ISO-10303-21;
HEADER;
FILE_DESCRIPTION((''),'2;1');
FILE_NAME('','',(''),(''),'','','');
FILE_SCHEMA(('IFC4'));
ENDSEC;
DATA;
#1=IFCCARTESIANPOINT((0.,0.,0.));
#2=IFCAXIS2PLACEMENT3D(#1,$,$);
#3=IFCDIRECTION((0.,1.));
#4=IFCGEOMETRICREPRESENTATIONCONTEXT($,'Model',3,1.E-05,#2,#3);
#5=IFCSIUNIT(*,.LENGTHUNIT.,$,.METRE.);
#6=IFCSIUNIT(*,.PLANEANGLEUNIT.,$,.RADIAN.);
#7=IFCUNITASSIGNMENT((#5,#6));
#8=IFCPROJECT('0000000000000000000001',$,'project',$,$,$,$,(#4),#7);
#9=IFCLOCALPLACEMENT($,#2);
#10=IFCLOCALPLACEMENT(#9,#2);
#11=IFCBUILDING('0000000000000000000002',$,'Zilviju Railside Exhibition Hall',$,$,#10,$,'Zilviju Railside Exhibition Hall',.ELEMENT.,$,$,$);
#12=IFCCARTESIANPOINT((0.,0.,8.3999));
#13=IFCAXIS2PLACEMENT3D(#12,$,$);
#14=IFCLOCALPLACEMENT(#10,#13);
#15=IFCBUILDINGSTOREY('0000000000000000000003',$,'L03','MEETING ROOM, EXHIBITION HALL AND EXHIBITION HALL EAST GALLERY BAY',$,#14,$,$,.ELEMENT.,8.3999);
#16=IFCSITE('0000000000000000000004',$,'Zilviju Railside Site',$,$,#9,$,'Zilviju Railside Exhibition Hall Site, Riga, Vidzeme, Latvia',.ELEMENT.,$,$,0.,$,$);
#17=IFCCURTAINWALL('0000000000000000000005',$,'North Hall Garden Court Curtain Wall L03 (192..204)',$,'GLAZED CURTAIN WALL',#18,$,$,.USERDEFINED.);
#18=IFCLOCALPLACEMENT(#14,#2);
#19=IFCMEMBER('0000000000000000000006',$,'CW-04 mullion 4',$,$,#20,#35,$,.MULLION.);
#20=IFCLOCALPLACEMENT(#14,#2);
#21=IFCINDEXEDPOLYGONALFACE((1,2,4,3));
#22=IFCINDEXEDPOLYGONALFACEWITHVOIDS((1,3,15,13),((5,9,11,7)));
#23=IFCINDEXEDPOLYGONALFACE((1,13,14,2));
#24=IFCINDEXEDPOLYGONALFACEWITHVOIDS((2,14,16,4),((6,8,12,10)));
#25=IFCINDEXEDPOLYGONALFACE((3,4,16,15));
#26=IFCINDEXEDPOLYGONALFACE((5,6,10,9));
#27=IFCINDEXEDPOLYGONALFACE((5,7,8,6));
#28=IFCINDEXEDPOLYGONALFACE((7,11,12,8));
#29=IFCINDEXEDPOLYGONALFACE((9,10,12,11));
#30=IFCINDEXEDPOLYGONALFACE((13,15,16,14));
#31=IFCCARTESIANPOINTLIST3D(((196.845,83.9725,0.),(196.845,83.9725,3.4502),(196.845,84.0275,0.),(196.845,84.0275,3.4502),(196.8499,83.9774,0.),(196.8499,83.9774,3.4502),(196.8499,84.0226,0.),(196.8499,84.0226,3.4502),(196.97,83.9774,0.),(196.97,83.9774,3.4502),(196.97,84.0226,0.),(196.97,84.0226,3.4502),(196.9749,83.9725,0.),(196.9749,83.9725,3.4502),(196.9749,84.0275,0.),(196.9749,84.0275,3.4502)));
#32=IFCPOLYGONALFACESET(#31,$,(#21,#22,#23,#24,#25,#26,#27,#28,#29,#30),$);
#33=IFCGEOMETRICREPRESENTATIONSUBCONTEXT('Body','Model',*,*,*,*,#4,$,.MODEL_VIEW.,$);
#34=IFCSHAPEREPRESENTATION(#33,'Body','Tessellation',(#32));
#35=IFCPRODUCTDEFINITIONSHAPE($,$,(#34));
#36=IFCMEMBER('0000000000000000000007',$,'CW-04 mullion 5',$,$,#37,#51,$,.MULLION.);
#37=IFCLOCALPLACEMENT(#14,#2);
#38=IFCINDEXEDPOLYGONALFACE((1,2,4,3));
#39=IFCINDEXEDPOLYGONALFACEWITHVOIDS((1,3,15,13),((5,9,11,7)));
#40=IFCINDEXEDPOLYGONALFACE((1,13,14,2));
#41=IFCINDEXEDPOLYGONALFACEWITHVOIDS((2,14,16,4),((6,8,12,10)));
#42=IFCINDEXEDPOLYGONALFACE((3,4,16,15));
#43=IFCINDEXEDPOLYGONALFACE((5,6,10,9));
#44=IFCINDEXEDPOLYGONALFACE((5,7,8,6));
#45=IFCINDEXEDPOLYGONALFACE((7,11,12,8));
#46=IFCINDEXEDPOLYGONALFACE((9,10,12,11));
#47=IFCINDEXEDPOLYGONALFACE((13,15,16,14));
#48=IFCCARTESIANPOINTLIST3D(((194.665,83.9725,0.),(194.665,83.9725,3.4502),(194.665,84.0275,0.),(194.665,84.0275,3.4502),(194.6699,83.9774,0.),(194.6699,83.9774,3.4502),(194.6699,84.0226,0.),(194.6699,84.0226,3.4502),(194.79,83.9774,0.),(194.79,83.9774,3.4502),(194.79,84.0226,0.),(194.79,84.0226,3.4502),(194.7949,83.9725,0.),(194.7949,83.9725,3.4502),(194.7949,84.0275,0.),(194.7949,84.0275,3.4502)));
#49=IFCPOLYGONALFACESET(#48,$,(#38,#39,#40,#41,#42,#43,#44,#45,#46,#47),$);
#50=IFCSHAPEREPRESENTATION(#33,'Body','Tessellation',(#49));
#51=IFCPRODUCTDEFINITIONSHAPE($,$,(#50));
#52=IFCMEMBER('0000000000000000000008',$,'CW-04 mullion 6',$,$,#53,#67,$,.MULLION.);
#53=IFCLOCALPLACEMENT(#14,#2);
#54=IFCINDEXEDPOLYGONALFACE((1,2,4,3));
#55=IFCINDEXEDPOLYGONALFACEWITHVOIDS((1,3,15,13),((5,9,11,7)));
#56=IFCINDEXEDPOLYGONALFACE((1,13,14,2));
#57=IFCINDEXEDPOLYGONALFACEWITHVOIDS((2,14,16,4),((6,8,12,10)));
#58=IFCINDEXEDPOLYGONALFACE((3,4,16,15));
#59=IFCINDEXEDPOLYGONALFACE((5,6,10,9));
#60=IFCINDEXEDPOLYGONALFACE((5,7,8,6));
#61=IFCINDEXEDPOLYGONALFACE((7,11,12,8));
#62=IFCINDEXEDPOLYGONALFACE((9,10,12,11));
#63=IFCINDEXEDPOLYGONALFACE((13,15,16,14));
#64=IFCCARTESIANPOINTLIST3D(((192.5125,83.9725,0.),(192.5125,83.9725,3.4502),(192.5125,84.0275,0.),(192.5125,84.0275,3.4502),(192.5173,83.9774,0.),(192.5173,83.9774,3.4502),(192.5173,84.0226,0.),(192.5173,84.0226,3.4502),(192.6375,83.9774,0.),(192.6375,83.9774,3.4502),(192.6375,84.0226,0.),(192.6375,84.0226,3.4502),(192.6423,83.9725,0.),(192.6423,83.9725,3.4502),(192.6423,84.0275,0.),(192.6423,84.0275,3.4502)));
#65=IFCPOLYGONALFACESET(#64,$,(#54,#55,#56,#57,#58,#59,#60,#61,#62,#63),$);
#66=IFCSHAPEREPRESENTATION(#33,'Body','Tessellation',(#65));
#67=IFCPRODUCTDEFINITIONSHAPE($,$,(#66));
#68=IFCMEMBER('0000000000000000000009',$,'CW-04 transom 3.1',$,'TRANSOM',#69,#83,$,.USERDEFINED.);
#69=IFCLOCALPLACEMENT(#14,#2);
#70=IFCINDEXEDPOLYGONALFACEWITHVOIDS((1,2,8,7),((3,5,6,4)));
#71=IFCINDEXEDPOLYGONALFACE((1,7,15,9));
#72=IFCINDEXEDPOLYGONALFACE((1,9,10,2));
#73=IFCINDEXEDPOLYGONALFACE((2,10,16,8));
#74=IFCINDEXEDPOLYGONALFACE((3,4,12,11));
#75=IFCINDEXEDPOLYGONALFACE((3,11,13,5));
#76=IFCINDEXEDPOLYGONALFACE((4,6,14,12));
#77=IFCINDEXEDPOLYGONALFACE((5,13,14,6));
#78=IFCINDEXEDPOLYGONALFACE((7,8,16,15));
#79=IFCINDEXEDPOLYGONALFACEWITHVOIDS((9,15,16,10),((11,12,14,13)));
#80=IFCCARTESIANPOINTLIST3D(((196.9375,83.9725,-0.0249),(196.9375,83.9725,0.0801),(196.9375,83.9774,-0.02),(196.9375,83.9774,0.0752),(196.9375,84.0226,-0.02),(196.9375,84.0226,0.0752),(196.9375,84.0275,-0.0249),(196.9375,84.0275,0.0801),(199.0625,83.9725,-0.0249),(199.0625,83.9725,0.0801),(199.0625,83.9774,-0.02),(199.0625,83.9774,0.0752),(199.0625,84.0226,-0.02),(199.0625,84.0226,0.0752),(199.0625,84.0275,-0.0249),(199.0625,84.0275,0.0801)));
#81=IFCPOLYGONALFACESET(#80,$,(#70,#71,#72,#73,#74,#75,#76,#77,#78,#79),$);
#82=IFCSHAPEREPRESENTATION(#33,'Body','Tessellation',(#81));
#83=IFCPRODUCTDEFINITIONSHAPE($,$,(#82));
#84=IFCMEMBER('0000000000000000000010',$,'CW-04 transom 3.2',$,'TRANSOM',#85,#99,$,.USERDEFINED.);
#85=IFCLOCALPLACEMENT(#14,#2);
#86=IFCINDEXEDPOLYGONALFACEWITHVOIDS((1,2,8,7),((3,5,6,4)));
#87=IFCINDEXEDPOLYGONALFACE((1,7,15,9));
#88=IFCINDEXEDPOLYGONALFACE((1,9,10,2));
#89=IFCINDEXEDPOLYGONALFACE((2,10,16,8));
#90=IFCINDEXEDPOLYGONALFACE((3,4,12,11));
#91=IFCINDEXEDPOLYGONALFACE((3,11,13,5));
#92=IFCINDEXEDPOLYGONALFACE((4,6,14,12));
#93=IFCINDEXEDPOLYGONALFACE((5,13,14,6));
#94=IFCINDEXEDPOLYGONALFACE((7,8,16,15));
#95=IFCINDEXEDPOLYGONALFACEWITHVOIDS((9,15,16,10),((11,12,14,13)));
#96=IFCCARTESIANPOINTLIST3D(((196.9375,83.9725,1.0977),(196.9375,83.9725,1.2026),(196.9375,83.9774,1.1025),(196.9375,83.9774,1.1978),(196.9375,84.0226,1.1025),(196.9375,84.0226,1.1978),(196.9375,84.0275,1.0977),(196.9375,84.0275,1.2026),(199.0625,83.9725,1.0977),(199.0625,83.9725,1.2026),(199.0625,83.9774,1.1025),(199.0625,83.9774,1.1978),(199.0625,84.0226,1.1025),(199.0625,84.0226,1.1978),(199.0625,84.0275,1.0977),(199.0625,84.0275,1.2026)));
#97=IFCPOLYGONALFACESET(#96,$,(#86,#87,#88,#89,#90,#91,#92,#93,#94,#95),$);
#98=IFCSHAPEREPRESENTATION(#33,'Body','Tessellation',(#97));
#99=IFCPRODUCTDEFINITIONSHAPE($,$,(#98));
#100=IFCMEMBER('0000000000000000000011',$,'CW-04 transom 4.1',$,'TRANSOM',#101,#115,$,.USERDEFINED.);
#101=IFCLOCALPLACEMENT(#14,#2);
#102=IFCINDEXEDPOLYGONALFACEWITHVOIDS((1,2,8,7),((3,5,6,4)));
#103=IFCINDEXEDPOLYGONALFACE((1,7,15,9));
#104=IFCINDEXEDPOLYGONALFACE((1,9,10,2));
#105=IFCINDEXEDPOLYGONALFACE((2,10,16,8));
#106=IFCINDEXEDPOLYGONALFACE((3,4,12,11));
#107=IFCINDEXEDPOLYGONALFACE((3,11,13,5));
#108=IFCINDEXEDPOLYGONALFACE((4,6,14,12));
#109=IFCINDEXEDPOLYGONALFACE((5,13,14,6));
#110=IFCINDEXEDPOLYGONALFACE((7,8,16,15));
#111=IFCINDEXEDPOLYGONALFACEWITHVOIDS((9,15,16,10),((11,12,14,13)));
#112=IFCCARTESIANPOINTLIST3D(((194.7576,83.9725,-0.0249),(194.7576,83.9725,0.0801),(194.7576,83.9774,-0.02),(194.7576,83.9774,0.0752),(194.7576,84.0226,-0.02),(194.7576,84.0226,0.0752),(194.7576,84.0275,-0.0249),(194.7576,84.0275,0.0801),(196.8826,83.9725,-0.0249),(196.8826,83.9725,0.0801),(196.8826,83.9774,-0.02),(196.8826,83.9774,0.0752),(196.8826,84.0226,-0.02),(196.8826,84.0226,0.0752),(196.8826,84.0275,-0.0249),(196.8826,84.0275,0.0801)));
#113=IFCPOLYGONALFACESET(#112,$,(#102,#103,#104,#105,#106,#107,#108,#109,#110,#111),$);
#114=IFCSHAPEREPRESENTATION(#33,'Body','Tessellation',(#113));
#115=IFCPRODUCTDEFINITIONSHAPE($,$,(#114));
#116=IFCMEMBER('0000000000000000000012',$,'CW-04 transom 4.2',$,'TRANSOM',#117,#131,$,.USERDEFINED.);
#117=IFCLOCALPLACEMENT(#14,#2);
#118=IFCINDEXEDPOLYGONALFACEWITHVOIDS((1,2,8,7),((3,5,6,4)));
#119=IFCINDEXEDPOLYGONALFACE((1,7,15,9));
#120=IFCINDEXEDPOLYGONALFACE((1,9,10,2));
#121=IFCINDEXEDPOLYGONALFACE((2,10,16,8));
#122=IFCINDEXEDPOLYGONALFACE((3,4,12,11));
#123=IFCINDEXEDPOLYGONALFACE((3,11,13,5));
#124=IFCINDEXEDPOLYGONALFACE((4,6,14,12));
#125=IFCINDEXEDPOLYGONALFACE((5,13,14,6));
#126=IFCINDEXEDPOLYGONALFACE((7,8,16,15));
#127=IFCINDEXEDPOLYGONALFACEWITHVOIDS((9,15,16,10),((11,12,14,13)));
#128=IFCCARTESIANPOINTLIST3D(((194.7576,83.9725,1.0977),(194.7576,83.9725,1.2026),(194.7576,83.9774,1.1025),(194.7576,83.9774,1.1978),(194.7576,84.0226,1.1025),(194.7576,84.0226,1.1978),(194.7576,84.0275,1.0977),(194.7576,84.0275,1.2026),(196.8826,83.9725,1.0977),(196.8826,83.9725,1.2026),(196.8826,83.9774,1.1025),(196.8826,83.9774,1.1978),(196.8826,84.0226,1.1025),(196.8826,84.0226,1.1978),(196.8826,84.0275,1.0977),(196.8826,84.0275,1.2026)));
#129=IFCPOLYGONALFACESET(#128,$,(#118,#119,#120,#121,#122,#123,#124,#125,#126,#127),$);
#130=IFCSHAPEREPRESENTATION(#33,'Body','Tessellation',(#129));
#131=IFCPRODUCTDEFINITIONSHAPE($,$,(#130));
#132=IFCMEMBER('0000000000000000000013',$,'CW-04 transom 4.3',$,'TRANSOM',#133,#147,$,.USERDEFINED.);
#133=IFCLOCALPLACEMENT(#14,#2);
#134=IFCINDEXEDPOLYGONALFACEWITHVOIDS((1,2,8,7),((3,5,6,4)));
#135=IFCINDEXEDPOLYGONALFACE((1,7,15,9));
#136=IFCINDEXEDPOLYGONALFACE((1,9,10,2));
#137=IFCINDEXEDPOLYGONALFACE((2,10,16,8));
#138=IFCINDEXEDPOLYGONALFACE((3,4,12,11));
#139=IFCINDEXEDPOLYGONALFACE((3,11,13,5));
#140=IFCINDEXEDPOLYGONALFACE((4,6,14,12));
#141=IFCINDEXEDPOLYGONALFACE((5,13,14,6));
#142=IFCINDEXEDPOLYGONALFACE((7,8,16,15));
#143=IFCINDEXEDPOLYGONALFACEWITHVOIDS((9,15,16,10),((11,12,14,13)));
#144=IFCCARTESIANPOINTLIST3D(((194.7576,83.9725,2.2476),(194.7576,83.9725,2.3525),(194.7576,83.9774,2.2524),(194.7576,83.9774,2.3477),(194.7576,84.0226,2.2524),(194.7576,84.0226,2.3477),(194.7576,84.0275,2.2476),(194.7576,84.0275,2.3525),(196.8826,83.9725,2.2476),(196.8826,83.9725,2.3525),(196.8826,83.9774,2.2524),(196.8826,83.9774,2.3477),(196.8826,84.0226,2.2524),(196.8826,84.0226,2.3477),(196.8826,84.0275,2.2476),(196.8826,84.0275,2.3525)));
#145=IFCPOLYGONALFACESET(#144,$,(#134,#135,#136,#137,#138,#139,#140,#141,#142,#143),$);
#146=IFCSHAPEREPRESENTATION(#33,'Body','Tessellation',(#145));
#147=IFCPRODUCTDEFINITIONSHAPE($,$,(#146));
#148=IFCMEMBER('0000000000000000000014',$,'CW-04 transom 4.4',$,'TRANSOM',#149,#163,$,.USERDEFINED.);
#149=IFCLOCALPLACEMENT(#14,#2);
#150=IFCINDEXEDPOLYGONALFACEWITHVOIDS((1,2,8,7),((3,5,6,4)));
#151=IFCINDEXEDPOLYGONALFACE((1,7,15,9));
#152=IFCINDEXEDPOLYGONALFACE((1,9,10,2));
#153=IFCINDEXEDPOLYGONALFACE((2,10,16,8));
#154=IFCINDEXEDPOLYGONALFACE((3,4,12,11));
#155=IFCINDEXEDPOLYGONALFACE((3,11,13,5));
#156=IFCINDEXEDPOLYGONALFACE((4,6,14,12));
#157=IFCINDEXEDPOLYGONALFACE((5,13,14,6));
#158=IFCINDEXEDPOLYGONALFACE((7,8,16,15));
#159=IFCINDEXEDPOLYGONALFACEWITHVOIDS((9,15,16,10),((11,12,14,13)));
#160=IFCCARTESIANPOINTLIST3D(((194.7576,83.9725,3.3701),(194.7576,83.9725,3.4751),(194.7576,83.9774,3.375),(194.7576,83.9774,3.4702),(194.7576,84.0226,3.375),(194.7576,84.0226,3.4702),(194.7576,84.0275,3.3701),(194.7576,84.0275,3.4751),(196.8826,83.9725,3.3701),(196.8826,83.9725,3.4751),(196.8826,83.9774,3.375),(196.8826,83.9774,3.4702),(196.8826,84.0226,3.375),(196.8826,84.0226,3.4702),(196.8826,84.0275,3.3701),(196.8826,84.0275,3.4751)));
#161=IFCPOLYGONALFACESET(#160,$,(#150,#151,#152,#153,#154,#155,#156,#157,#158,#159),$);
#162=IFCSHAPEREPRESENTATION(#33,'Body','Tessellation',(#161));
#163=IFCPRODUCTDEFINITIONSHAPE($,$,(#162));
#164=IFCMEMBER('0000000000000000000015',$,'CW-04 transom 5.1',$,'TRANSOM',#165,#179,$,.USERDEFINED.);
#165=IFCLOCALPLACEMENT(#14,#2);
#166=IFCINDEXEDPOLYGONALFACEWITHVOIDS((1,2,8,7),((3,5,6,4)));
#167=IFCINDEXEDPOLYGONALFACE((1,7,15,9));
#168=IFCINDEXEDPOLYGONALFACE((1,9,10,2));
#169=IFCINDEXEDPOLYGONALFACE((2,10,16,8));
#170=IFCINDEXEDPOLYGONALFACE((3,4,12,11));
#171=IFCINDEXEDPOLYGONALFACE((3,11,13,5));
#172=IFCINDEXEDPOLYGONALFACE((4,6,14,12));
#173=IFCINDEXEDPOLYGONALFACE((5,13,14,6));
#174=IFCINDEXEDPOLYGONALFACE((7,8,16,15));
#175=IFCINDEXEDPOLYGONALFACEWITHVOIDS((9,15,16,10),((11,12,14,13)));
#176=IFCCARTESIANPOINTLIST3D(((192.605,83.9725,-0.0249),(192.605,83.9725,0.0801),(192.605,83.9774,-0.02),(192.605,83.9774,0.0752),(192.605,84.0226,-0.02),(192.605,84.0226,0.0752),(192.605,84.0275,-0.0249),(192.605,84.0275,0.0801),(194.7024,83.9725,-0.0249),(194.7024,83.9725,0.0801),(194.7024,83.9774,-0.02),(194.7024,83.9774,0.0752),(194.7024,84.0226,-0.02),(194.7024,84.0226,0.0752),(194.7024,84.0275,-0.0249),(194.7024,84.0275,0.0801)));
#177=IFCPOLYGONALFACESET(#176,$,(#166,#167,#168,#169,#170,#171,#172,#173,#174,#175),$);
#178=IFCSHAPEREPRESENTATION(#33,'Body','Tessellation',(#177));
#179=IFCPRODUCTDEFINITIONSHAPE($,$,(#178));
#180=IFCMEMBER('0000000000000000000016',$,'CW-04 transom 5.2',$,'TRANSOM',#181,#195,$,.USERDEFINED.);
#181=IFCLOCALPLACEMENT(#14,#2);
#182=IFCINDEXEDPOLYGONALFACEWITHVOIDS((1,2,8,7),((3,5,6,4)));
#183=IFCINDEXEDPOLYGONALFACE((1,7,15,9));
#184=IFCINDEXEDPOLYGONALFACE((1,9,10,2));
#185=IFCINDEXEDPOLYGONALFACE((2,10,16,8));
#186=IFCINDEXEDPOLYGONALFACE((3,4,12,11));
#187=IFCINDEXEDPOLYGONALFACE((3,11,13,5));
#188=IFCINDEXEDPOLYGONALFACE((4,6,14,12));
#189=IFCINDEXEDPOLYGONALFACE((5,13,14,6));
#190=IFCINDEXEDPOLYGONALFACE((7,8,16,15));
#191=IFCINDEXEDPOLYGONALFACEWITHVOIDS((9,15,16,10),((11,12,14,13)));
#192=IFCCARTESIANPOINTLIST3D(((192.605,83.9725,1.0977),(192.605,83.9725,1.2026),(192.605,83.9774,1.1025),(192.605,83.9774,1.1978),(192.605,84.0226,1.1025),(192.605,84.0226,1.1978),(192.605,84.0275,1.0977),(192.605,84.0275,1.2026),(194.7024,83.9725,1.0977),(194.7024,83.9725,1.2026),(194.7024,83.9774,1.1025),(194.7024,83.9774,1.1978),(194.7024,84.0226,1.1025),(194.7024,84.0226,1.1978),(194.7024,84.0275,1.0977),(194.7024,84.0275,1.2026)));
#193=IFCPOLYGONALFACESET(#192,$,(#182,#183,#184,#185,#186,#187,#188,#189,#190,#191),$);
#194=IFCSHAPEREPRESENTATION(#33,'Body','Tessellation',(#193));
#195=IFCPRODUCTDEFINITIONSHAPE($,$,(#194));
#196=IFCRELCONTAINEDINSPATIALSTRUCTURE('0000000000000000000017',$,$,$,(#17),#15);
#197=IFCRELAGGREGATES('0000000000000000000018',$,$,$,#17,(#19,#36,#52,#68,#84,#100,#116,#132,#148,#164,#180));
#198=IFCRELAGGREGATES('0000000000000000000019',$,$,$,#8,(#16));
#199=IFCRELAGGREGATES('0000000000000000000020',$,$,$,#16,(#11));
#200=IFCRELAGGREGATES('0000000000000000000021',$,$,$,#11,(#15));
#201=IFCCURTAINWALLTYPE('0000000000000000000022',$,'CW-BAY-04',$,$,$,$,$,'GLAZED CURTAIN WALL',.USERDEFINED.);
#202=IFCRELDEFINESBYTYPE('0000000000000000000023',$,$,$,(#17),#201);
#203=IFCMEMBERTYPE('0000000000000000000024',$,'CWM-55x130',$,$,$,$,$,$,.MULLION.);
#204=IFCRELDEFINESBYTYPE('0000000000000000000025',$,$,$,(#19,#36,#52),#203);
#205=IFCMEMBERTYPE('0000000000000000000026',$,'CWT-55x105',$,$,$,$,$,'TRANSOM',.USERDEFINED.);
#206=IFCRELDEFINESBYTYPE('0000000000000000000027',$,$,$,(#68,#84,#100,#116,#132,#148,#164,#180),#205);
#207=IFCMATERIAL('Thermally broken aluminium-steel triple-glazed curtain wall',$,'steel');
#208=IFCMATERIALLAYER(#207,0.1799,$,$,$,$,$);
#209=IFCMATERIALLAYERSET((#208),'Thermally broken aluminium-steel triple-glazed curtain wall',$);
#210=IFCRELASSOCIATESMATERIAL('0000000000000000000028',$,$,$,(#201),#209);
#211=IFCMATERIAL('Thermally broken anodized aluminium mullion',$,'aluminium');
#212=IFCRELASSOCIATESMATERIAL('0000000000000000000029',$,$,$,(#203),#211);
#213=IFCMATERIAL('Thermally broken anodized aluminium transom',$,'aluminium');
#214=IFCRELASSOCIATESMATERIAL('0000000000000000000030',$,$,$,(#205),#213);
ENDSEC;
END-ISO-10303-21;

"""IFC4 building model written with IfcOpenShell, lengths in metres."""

from ifc_helpers import new_model, si_unit, direction, frame, origin, origin_2d, place, context, subcontext, project, spatial, hollow_rectangle, extrude, material, layer, layer_set, material_profile, profile_set, type_object, element, aggregate, save


model = new_model("IFC4")

# Units and contexts
model_context = context("Model", 3, precision=1e-05, world=origin(), true_north=direction((0.0, 1.0)))
body_context = subcontext(model_context, "Body", "Model", "MODEL_VIEW")
ifc_project = project(units=[si_unit("LENGTHUNIT", "METRE"), si_unit("PLANEANGLEUNIT", "RADIAN")], contexts=[model_context])

# Site, building, storey
site_placement = place(None, origin())
site = spatial("IfcSite", under=ifc_project, at=site_placement, Name="Zilviju Railside Site", LongName="Zilviju Railside Exhibition Hall Site, Riga, Vidzeme, Latvia", CompositionType="ELEMENT", RefElevation=0.0)
building_placement = place(site_placement, origin())
building = spatial("IfcBuilding", under=site, at=building_placement, Name="Zilviju Railside Exhibition Hall", LongName="Zilviju Railside Exhibition Hall", CompositionType="ELEMENT")
storey_placement = place(building_placement, frame((0.0, 0.0, 8.3999)))
storey = spatial("IfcBuildingStorey", under=building, at=storey_placement, Name="L03", Description="MEETING ROOM, EXHIBITION HALL AND EXHIBITION HALL EAST GALLERY BAY", CompositionType="ELEMENT", Elevation=8.3999)

# Curtain wall, members
ifc_material_1 = material(Name="Thermally broken aluminium-steel triple-glazed curtain wall", Category="steel")
ifc_layer_1 = layer(ifc_material_1, 0.1799)
ifc_layer_set_1 = layer_set([ifc_layer_1], Name="Thermally broken aluminium-steel triple-glazed curtain wall")
curtain_wall_type = type_object("IfcCurtainWallType", Name="CW-BAY-04", ElementType="GLAZED CURTAIN WALL", PredefinedType="USERDEFINED", material=ifc_layer_set_1)
curtain_wall_placement = place(storey_placement, origin())
curtain_wall = element("IfcCurtainWall", 1, at=curtain_wall_placement, inside=storey, type_object=curtain_wall_type, Name="North Hall Garden Court Curtain Wall L03 (192..204)", ObjectType="GLAZED CURTAIN WALL", PredefinedType="USERDEFINED")
ifc_material_2 = material(Name="Thermally broken anodized aluminium mullion", Category="aluminium")
ifc_material_profile_1 = material_profile(ifc_material_2, hollow_rectangle(XDim=0.0549, YDim=0.1299, WallThickness=0.0049, at=origin_2d()), Name="MULLION 130x55x5")
ifc_profile_set_1 = profile_set([ifc_material_profile_1], Name="Thermally broken anodized aluminium mullion")
member_type_1 = type_object("IfcMemberType", Name="CWM-55x130", PredefinedType="MULLION", material=ifc_profile_set_1)
member_1_placement = place(storey_placement, frame((196.9099, 84.0, 0.0), z_axis=(0.0, 0.0, 1.0), x_axis=(0.0, -1.0, 0.0)))
member_1 = element("IfcMember", 2, at=member_1_placement, type_object=member_type_1, Name="CW-04 mullion 4", PredefinedType="MULLION", context=body_context, shape_type="SweptSolid", body=[
    extrude(hollow_rectangle(XDim=0.0549, YDim=0.1299, WallThickness=0.0049, at=origin_2d()), origin(), (0.0, 0.0, 1.0), 3.4502),
])
member_2_placement = place(storey_placement, frame((194.73, 84.0, 0.0), z_axis=(0.0, 0.0, 1.0), x_axis=(0.0, -1.0, 0.0)))
member_2 = element("IfcMember", 3, at=member_2_placement, type_object=member_type_1, Name="CW-04 mullion 5", PredefinedType="MULLION", context=body_context, shape_type="SweptSolid", body=[
    extrude(hollow_rectangle(XDim=0.0549, YDim=0.1299, WallThickness=0.0049, at=origin_2d()), origin(), (0.0, 0.0, 1.0), 3.4502),
])
member_3_placement = place(storey_placement, frame((192.5774, 84.0, 0.0), z_axis=(0.0, 0.0, 1.0), x_axis=(0.0, -1.0, 0.0)))
member_3 = element("IfcMember", 4, at=member_3_placement, type_object=member_type_1, Name="CW-04 mullion 6", PredefinedType="MULLION", context=body_context, shape_type="SweptSolid", body=[
    extrude(hollow_rectangle(XDim=0.0549, YDim=0.1299, WallThickness=0.0049, at=origin_2d()), origin(), (0.0, 0.0, 1.0), 3.4502),
])
ifc_material_3 = material(Name="Thermally broken anodized aluminium transom", Category="aluminium")
ifc_material_profile_2 = material_profile(ifc_material_3, hollow_rectangle(XDim=0.0549, YDim=0.105, WallThickness=0.0049, at=origin_2d()), Name="TRANSOM 105x55x5")
ifc_profile_set_2 = profile_set([ifc_material_profile_2], Name="Thermally broken anodized aluminium transom")
member_type_2 = type_object("IfcMemberType", Name="CWT-55x105", ElementType="TRANSOM", PredefinedType="USERDEFINED", material=ifc_profile_set_2)
member_4_placement = place(storey_placement, frame((199.0625, 84.0, 0.0276), z_axis=(-1.0, 0.0, 0.0), x_axis=(0.0, -1.0, 0.0)))
member_4 = element("IfcMember", 5, at=member_4_placement, type_object=member_type_2, Name="CW-04 transom 3.1", ObjectType="TRANSOM", PredefinedType="USERDEFINED", context=body_context, shape_type="SweptSolid", body=[
    extrude(hollow_rectangle(XDim=0.0549, YDim=0.105, WallThickness=0.0049, at=origin_2d()), origin(), (0.0, 0.0, 1.0), 2.125),
])
member_5_placement = place(storey_placement, frame((199.0625, 84.0, 1.1501), z_axis=(-1.0, 0.0, 0.0), x_axis=(0.0, -1.0, 0.0)))
member_5 = element("IfcMember", 6, at=member_5_placement, type_object=member_type_2, Name="CW-04 transom 3.2", ObjectType="TRANSOM", PredefinedType="USERDEFINED", context=body_context, shape_type="SweptSolid", body=[
    extrude(hollow_rectangle(XDim=0.0549, YDim=0.105, WallThickness=0.0049, at=origin_2d()), origin(), (0.0, 0.0, 1.0), 2.125),
])
member_6_placement = place(storey_placement, frame((196.8826, 84.0, 0.0276), z_axis=(-1.0, 0.0, 0.0), x_axis=(0.0, -1.0, 0.0)))
member_6 = element("IfcMember", 7, at=member_6_placement, type_object=member_type_2, Name="CW-04 transom 4.1", ObjectType="TRANSOM", PredefinedType="USERDEFINED", context=body_context, shape_type="SweptSolid", body=[
    extrude(hollow_rectangle(XDim=0.0549, YDim=0.105, WallThickness=0.0049, at=origin_2d()), origin(), (0.0, 0.0, 1.0), 2.125),
])
member_7_placement = place(storey_placement, frame((196.8826, 84.0, 1.1501), z_axis=(-1.0, 0.0, 0.0), x_axis=(0.0, -1.0, 0.0)))
member_7 = element("IfcMember", 8, at=member_7_placement, type_object=member_type_2, Name="CW-04 transom 4.2", ObjectType="TRANSOM", PredefinedType="USERDEFINED", context=body_context, shape_type="SweptSolid", body=[
    extrude(hollow_rectangle(XDim=0.0549, YDim=0.105, WallThickness=0.0049, at=origin_2d()), origin(), (0.0, 0.0, 1.0), 2.125),
])
member_8_placement = place(storey_placement, frame((196.8826, 84.0, 2.3), z_axis=(-1.0, 0.0, 0.0), x_axis=(0.0, -1.0, 0.0)))
member_8 = element("IfcMember", 9, at=member_8_placement, type_object=member_type_2, Name="CW-04 transom 4.3", ObjectType="TRANSOM", PredefinedType="USERDEFINED", context=body_context, shape_type="SweptSolid", body=[
    extrude(hollow_rectangle(XDim=0.0549, YDim=0.105, WallThickness=0.0049, at=origin_2d()), origin(), (0.0, 0.0, 1.0), 2.125),
])
member_9_placement = place(storey_placement, frame((196.8826, 84.0, 3.4226), z_axis=(-1.0, 0.0, 0.0), x_axis=(0.0, -1.0, 0.0)))
member_9 = element("IfcMember", 10, at=member_9_placement, type_object=member_type_2, Name="CW-04 transom 4.4", ObjectType="TRANSOM", PredefinedType="USERDEFINED", context=body_context, shape_type="SweptSolid", body=[
    extrude(hollow_rectangle(XDim=0.0549, YDim=0.105, WallThickness=0.0049, at=origin_2d()), origin(), (0.0, 0.0, 1.0), 2.125),
])
member_10_placement = place(storey_placement, frame((194.7024, 84.0, 0.0276), z_axis=(-1.0, 0.0, 0.0), x_axis=(0.0, -1.0, 0.0)))
member_10 = element("IfcMember", 11, at=member_10_placement, type_object=member_type_2, Name="CW-04 transom 5.1", ObjectType="TRANSOM", PredefinedType="USERDEFINED", context=body_context, shape_type="SweptSolid", body=[
    extrude(hollow_rectangle(XDim=0.0549, YDim=0.105, WallThickness=0.0049, at=origin_2d()), origin(), (0.0, 0.0, 1.0), 2.0974),
])
member_11_placement = place(storey_placement, frame((194.7024, 84.0, 1.1501), z_axis=(-1.0, 0.0, 0.0), x_axis=(0.0, -1.0, 0.0)))
member_11 = element("IfcMember", 12, at=member_11_placement, type_object=member_type_2, Name="CW-04 transom 5.2", ObjectType="TRANSOM", PredefinedType="USERDEFINED", context=body_context, shape_type="SweptSolid", body=[
    extrude(hollow_rectangle(XDim=0.0549, YDim=0.105, WallThickness=0.0049, at=origin_2d()), origin(), (0.0, 0.0, 1.0), 2.0974),
])
aggregate(curtain_wall, [member_1, member_2, member_3, member_4, member_5, member_6, member_7, member_8, member_9, member_10, member_11])

save(model, "model.ifc")
